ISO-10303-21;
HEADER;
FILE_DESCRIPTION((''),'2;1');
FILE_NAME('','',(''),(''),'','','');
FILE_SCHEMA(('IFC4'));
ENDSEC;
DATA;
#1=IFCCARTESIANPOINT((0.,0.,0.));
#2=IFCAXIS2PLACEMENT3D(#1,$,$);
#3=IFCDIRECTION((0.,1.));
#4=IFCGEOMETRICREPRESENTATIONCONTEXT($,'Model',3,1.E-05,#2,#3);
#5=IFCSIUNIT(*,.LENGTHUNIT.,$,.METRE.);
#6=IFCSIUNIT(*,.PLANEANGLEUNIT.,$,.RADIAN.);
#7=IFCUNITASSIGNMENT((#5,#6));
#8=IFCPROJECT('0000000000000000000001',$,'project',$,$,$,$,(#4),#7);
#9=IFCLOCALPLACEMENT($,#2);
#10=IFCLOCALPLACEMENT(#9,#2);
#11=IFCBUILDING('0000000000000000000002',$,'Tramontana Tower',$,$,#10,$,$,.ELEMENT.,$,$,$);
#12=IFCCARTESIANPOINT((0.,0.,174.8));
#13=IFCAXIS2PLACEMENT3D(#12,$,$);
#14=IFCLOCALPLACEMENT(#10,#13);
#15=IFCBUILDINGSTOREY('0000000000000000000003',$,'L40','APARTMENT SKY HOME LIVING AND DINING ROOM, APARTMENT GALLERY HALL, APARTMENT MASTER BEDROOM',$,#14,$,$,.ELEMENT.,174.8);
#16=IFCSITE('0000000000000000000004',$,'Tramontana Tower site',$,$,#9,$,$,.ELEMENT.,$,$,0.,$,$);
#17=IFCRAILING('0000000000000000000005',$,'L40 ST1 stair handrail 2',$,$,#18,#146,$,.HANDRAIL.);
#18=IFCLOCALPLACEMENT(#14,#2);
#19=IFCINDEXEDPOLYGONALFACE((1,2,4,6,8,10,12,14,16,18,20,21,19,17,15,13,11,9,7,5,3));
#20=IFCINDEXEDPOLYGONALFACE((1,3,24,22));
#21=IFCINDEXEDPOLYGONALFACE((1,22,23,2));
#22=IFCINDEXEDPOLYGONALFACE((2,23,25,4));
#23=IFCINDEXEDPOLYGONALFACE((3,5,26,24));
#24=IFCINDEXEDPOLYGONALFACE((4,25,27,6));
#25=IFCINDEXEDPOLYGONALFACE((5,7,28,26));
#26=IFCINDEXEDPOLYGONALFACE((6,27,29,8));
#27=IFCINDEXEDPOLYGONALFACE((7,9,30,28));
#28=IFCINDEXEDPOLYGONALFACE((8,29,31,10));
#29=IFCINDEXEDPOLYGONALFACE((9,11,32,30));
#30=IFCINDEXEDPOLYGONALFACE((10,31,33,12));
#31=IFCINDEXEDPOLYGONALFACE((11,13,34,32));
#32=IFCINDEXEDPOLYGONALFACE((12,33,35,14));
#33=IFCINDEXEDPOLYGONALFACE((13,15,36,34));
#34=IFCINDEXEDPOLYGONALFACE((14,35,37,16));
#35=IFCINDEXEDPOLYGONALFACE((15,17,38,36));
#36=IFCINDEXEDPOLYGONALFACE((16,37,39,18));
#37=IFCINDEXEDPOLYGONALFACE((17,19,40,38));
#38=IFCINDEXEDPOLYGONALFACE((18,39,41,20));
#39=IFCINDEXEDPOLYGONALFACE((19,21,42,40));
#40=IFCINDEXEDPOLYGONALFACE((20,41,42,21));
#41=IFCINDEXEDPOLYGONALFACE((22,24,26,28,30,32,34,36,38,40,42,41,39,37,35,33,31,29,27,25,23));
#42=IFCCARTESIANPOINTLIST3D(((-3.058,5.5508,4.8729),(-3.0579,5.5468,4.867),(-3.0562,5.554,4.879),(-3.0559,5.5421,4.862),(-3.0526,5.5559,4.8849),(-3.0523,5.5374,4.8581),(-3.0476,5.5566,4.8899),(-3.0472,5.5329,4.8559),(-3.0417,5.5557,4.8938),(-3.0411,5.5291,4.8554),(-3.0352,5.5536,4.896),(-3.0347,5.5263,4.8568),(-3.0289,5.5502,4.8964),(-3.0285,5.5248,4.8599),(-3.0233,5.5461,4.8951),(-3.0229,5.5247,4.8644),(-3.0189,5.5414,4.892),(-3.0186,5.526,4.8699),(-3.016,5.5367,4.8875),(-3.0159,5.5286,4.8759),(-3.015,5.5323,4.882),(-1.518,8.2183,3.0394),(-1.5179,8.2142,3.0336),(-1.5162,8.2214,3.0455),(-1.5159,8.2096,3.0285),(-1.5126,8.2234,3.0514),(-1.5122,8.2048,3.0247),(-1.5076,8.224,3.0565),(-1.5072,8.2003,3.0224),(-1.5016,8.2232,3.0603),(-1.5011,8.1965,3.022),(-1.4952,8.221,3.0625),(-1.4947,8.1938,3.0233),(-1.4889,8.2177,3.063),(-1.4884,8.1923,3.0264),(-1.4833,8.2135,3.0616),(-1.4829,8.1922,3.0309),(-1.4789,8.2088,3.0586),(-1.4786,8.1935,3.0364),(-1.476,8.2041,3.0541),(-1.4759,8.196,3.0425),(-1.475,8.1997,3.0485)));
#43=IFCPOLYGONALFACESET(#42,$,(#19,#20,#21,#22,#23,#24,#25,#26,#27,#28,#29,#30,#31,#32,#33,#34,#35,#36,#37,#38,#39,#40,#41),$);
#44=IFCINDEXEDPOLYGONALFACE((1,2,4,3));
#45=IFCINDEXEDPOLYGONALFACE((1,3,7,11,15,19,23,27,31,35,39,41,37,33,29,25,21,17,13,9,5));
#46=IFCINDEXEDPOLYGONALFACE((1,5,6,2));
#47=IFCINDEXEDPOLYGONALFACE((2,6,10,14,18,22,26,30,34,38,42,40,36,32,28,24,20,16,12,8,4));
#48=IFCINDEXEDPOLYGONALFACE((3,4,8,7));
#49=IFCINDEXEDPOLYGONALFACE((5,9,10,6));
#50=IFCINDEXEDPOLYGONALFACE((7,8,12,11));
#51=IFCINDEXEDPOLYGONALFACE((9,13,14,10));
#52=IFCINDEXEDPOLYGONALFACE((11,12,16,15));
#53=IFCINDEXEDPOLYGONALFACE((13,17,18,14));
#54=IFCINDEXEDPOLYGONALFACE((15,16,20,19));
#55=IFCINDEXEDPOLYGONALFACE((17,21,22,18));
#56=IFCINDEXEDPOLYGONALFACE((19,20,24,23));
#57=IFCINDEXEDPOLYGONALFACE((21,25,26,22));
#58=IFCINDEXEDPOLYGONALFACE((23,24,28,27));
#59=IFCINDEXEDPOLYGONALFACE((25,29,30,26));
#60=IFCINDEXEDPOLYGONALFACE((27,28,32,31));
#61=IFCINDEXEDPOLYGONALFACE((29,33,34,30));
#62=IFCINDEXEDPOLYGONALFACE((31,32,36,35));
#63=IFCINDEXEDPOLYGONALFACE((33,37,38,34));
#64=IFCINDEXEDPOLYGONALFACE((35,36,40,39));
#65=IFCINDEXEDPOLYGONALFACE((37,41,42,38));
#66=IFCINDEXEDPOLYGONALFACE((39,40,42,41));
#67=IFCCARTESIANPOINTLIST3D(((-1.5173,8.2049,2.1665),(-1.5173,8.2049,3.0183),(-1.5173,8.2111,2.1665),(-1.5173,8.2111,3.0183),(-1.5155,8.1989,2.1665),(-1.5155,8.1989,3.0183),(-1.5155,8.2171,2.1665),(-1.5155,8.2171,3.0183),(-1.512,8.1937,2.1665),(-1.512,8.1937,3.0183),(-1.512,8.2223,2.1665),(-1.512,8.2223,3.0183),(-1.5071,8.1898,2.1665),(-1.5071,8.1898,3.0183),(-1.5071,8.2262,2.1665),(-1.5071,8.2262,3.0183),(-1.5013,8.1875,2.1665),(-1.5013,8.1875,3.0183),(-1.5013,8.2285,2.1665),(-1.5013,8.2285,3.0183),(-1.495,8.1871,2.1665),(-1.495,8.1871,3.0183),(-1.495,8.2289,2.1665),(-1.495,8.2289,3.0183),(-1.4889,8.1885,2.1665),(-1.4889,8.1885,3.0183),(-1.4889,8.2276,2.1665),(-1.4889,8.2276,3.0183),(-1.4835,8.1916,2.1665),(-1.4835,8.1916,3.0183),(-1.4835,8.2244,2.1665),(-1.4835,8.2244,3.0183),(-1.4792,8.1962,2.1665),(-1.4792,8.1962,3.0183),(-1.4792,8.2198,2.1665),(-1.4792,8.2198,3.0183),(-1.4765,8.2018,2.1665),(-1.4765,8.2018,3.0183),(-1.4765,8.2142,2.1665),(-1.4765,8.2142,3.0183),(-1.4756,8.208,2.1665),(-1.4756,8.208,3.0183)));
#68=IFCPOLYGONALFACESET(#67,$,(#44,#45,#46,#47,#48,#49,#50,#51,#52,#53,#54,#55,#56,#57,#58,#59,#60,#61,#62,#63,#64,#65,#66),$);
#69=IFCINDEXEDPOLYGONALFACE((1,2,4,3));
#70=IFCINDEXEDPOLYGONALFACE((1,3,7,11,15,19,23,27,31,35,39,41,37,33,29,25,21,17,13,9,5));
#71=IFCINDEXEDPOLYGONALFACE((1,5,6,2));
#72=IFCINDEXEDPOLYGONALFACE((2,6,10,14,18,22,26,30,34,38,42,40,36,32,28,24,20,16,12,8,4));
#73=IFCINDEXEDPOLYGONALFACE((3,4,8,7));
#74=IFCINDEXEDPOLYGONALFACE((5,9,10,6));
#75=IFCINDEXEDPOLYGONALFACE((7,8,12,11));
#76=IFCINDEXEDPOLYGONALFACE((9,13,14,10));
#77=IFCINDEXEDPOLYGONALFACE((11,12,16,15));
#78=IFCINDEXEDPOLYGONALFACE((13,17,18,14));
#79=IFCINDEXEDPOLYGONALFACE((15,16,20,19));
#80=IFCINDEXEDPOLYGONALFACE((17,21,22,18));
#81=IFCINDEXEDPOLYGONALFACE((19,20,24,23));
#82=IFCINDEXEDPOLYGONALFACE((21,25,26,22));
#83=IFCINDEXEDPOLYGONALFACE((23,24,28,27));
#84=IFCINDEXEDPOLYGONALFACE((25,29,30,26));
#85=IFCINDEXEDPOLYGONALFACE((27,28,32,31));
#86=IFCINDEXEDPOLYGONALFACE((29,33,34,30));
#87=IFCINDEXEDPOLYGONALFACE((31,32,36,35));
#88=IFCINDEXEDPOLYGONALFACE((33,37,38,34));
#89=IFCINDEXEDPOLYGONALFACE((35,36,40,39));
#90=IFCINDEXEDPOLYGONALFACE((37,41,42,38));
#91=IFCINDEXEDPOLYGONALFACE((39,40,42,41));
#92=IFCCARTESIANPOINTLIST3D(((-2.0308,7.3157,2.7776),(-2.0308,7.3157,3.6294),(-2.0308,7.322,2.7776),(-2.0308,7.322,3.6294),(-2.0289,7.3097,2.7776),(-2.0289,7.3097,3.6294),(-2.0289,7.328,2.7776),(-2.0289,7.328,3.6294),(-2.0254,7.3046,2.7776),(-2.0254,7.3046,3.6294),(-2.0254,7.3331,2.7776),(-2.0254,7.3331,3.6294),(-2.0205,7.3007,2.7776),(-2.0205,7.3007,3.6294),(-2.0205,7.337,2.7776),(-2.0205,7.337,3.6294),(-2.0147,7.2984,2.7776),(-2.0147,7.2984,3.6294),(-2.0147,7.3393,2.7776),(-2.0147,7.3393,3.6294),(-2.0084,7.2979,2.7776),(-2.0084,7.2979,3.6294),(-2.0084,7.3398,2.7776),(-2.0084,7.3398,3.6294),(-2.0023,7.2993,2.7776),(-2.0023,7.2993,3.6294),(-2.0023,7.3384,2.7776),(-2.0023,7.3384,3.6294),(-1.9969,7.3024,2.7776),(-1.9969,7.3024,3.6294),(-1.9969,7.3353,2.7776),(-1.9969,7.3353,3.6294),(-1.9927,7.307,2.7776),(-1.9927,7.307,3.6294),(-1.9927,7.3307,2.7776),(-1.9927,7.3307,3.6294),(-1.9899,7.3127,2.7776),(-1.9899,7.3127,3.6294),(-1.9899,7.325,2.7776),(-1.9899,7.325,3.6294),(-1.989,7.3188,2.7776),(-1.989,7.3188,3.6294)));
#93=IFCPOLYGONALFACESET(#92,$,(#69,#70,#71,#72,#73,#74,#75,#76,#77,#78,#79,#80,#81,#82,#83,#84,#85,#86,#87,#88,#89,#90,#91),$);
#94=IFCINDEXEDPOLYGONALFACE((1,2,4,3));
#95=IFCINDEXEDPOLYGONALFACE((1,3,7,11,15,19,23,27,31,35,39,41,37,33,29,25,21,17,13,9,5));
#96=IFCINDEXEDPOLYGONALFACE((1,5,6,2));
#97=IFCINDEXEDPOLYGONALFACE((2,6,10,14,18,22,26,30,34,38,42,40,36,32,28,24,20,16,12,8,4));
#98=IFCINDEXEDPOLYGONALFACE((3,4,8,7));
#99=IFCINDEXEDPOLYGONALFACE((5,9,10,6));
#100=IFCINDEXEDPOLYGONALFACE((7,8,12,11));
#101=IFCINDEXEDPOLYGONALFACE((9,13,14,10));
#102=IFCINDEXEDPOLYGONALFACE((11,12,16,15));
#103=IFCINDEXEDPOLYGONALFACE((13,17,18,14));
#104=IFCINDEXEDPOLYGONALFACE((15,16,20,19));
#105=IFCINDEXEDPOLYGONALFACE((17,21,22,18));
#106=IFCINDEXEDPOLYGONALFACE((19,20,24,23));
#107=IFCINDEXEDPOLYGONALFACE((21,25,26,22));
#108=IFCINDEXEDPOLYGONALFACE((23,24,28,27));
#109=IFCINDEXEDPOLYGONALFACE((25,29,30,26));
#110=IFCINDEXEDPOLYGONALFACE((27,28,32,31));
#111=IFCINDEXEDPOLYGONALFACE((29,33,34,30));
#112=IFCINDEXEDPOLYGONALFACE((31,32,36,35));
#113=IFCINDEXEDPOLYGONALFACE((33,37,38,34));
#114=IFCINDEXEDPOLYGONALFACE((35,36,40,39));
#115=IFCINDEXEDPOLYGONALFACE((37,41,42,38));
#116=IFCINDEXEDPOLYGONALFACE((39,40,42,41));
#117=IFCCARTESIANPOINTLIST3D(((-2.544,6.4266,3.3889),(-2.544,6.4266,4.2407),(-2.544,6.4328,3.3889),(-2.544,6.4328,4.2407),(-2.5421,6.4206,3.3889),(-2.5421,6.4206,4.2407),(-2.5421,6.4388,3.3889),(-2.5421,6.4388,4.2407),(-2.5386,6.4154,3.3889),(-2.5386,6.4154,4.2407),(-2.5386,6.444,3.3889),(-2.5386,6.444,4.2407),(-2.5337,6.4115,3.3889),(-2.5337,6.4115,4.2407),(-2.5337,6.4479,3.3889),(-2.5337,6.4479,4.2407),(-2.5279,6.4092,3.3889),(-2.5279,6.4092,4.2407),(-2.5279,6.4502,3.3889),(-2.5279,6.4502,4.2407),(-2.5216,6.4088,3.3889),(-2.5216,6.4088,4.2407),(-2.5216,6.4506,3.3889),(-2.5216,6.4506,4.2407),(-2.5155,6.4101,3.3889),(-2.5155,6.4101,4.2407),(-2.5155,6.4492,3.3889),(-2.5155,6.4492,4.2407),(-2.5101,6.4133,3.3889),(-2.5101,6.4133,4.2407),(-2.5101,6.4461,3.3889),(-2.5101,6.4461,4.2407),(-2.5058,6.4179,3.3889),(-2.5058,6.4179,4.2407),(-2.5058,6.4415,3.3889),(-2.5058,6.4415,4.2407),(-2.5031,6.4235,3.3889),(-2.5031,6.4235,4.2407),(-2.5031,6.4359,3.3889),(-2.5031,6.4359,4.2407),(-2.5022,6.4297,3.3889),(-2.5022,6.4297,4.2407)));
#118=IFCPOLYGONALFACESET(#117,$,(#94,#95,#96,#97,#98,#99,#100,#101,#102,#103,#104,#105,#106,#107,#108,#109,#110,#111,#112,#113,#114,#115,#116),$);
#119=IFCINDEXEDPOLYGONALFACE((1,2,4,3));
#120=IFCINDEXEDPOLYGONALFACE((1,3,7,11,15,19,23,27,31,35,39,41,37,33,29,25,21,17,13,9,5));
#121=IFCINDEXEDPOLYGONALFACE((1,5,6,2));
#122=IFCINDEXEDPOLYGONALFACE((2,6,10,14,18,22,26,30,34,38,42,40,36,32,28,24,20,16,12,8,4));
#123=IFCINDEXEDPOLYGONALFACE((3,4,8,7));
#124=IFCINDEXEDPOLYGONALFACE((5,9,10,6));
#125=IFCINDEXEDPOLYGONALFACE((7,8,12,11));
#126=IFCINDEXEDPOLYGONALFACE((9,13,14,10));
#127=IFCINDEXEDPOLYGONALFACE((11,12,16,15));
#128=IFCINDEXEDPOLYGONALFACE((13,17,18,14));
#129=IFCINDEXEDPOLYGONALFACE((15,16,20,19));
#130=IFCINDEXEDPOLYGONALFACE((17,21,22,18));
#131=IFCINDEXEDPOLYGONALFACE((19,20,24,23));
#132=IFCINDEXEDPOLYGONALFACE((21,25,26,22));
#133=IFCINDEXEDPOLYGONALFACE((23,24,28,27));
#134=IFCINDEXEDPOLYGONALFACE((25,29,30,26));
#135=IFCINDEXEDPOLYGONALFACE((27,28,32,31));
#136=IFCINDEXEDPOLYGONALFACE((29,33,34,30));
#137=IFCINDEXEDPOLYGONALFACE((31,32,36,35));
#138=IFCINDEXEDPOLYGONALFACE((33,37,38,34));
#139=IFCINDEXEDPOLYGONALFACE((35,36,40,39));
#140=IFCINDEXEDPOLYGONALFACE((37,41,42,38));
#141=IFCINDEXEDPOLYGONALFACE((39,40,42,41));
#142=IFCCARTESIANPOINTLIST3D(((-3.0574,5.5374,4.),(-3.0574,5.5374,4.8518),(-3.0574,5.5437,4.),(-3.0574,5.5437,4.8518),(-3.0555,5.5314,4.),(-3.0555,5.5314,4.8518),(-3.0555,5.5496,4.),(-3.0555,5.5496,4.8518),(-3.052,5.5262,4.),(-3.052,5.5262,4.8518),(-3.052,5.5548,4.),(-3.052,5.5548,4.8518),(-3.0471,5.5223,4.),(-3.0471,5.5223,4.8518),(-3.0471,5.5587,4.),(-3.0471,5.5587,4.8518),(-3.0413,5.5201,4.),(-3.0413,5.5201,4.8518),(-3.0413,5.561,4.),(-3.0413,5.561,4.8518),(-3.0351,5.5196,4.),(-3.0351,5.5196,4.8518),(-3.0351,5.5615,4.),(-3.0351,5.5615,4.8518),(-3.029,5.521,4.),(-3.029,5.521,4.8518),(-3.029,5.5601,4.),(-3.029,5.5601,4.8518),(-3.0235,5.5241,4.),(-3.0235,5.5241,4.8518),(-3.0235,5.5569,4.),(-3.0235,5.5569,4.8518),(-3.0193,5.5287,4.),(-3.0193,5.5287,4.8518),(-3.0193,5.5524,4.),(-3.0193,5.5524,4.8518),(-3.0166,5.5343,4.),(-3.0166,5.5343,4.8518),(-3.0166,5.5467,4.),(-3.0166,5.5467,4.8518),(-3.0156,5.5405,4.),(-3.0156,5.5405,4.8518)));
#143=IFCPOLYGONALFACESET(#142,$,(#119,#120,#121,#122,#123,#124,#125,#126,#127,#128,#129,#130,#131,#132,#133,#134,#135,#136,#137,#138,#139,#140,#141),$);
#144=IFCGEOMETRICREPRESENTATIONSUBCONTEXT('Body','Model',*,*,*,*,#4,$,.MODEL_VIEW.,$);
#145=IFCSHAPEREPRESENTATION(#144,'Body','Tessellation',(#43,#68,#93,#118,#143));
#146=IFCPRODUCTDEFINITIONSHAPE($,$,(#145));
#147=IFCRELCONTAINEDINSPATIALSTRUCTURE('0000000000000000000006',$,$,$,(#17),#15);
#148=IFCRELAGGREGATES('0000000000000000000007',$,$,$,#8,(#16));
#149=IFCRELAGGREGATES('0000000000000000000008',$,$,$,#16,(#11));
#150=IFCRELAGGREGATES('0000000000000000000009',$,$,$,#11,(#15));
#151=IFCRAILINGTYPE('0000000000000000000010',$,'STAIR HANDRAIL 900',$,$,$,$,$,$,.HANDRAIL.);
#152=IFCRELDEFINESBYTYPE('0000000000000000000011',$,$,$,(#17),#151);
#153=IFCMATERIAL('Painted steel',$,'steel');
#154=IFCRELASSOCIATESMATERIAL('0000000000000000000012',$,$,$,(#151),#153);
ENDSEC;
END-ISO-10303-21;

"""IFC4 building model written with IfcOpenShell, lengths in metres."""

from ifc_helpers import new_model, si_unit, direction, frame, origin, origin_2d, place, context, subcontext, project, spatial, circle, extrude, material, type_object, element, save


model = new_model("IFC4")

# Units and contexts
model_context = context("Model", 3, precision=1e-05, world=origin(), true_north=direction((0.0, 1.0)))
body_context = subcontext(model_context, "Body", "Model", "MODEL_VIEW")
ifc_project = project(units=[si_unit("LENGTHUNIT", "METRE"), si_unit("PLANEANGLEUNIT", "RADIAN")], contexts=[model_context])

# Site, building, storey
site_placement = place(None, origin())
site = spatial("IfcSite", under=ifc_project, at=site_placement, Name="Tramontana Tower site", CompositionType="ELEMENT", RefElevation=0.0)
building_placement = place(site_placement, origin())
building = spatial("IfcBuilding", under=site, at=building_placement, Name="Tramontana Tower", CompositionType="ELEMENT")
storey_placement = place(building_placement, frame((0.0, 0.0, 174.8)))
storey = spatial("IfcBuildingStorey", under=building, at=storey_placement, Name="L40", Description="APARTMENT SKY HOME LIVING AND DINING ROOM, APARTMENT GALLERY HALL, APARTMENT MASTER BEDROOM", CompositionType="ELEMENT", Elevation=174.8)

# Railing
ifc_material_1 = material(Name="Painted steel", Category="steel")
railing_type_1 = type_object("IfcRailingType", Name="STAIR HANDRAIL 900", PredefinedType="HANDRAIL", material=ifc_material_1)
railing_1_placement = place(storey_placement, frame((-1.4966, 8.208, 2.1665)))
element("IfcRailing", 1, at=railing_1_placement, inside=storey, type_object=railing_type_1, Name="L40 ST1 stair handrail 2", PredefinedType="HANDRAIL", context=body_context, shape_type="SweptSolid", body=[
    extrude(circle(Radius=0.0239, at=origin_2d()), frame((0.0, 0.0, 0.876), z_axis=(-0.429634, -0.744164, 0.511502), x_axis=(0.86603, -0.499992, 0.0)), (0.0, 0.0, 1.0), 3.5845),
    extrude(circle(Radius=0.021, at=origin_2d()), origin(), (0.0, 0.0, 1.0), 0.8518),
    extrude(circle(Radius=0.021, at=origin_2d()), frame((-0.5134, -0.8892, 0.6111)), (0.0, 0.0, 1.0), 0.8518),
    extrude(circle(Radius=0.021, at=origin_2d()), frame((-1.0266, -1.7783, 1.2224)), (0.0, 0.0, 1.0), 0.8518),
    extrude(circle(Radius=0.021, at=origin_2d()), frame((-1.54, -2.6675, 1.8335)), (0.0, 0.0, 1.0), 0.8518),
])

save(model, "model.ifc")
